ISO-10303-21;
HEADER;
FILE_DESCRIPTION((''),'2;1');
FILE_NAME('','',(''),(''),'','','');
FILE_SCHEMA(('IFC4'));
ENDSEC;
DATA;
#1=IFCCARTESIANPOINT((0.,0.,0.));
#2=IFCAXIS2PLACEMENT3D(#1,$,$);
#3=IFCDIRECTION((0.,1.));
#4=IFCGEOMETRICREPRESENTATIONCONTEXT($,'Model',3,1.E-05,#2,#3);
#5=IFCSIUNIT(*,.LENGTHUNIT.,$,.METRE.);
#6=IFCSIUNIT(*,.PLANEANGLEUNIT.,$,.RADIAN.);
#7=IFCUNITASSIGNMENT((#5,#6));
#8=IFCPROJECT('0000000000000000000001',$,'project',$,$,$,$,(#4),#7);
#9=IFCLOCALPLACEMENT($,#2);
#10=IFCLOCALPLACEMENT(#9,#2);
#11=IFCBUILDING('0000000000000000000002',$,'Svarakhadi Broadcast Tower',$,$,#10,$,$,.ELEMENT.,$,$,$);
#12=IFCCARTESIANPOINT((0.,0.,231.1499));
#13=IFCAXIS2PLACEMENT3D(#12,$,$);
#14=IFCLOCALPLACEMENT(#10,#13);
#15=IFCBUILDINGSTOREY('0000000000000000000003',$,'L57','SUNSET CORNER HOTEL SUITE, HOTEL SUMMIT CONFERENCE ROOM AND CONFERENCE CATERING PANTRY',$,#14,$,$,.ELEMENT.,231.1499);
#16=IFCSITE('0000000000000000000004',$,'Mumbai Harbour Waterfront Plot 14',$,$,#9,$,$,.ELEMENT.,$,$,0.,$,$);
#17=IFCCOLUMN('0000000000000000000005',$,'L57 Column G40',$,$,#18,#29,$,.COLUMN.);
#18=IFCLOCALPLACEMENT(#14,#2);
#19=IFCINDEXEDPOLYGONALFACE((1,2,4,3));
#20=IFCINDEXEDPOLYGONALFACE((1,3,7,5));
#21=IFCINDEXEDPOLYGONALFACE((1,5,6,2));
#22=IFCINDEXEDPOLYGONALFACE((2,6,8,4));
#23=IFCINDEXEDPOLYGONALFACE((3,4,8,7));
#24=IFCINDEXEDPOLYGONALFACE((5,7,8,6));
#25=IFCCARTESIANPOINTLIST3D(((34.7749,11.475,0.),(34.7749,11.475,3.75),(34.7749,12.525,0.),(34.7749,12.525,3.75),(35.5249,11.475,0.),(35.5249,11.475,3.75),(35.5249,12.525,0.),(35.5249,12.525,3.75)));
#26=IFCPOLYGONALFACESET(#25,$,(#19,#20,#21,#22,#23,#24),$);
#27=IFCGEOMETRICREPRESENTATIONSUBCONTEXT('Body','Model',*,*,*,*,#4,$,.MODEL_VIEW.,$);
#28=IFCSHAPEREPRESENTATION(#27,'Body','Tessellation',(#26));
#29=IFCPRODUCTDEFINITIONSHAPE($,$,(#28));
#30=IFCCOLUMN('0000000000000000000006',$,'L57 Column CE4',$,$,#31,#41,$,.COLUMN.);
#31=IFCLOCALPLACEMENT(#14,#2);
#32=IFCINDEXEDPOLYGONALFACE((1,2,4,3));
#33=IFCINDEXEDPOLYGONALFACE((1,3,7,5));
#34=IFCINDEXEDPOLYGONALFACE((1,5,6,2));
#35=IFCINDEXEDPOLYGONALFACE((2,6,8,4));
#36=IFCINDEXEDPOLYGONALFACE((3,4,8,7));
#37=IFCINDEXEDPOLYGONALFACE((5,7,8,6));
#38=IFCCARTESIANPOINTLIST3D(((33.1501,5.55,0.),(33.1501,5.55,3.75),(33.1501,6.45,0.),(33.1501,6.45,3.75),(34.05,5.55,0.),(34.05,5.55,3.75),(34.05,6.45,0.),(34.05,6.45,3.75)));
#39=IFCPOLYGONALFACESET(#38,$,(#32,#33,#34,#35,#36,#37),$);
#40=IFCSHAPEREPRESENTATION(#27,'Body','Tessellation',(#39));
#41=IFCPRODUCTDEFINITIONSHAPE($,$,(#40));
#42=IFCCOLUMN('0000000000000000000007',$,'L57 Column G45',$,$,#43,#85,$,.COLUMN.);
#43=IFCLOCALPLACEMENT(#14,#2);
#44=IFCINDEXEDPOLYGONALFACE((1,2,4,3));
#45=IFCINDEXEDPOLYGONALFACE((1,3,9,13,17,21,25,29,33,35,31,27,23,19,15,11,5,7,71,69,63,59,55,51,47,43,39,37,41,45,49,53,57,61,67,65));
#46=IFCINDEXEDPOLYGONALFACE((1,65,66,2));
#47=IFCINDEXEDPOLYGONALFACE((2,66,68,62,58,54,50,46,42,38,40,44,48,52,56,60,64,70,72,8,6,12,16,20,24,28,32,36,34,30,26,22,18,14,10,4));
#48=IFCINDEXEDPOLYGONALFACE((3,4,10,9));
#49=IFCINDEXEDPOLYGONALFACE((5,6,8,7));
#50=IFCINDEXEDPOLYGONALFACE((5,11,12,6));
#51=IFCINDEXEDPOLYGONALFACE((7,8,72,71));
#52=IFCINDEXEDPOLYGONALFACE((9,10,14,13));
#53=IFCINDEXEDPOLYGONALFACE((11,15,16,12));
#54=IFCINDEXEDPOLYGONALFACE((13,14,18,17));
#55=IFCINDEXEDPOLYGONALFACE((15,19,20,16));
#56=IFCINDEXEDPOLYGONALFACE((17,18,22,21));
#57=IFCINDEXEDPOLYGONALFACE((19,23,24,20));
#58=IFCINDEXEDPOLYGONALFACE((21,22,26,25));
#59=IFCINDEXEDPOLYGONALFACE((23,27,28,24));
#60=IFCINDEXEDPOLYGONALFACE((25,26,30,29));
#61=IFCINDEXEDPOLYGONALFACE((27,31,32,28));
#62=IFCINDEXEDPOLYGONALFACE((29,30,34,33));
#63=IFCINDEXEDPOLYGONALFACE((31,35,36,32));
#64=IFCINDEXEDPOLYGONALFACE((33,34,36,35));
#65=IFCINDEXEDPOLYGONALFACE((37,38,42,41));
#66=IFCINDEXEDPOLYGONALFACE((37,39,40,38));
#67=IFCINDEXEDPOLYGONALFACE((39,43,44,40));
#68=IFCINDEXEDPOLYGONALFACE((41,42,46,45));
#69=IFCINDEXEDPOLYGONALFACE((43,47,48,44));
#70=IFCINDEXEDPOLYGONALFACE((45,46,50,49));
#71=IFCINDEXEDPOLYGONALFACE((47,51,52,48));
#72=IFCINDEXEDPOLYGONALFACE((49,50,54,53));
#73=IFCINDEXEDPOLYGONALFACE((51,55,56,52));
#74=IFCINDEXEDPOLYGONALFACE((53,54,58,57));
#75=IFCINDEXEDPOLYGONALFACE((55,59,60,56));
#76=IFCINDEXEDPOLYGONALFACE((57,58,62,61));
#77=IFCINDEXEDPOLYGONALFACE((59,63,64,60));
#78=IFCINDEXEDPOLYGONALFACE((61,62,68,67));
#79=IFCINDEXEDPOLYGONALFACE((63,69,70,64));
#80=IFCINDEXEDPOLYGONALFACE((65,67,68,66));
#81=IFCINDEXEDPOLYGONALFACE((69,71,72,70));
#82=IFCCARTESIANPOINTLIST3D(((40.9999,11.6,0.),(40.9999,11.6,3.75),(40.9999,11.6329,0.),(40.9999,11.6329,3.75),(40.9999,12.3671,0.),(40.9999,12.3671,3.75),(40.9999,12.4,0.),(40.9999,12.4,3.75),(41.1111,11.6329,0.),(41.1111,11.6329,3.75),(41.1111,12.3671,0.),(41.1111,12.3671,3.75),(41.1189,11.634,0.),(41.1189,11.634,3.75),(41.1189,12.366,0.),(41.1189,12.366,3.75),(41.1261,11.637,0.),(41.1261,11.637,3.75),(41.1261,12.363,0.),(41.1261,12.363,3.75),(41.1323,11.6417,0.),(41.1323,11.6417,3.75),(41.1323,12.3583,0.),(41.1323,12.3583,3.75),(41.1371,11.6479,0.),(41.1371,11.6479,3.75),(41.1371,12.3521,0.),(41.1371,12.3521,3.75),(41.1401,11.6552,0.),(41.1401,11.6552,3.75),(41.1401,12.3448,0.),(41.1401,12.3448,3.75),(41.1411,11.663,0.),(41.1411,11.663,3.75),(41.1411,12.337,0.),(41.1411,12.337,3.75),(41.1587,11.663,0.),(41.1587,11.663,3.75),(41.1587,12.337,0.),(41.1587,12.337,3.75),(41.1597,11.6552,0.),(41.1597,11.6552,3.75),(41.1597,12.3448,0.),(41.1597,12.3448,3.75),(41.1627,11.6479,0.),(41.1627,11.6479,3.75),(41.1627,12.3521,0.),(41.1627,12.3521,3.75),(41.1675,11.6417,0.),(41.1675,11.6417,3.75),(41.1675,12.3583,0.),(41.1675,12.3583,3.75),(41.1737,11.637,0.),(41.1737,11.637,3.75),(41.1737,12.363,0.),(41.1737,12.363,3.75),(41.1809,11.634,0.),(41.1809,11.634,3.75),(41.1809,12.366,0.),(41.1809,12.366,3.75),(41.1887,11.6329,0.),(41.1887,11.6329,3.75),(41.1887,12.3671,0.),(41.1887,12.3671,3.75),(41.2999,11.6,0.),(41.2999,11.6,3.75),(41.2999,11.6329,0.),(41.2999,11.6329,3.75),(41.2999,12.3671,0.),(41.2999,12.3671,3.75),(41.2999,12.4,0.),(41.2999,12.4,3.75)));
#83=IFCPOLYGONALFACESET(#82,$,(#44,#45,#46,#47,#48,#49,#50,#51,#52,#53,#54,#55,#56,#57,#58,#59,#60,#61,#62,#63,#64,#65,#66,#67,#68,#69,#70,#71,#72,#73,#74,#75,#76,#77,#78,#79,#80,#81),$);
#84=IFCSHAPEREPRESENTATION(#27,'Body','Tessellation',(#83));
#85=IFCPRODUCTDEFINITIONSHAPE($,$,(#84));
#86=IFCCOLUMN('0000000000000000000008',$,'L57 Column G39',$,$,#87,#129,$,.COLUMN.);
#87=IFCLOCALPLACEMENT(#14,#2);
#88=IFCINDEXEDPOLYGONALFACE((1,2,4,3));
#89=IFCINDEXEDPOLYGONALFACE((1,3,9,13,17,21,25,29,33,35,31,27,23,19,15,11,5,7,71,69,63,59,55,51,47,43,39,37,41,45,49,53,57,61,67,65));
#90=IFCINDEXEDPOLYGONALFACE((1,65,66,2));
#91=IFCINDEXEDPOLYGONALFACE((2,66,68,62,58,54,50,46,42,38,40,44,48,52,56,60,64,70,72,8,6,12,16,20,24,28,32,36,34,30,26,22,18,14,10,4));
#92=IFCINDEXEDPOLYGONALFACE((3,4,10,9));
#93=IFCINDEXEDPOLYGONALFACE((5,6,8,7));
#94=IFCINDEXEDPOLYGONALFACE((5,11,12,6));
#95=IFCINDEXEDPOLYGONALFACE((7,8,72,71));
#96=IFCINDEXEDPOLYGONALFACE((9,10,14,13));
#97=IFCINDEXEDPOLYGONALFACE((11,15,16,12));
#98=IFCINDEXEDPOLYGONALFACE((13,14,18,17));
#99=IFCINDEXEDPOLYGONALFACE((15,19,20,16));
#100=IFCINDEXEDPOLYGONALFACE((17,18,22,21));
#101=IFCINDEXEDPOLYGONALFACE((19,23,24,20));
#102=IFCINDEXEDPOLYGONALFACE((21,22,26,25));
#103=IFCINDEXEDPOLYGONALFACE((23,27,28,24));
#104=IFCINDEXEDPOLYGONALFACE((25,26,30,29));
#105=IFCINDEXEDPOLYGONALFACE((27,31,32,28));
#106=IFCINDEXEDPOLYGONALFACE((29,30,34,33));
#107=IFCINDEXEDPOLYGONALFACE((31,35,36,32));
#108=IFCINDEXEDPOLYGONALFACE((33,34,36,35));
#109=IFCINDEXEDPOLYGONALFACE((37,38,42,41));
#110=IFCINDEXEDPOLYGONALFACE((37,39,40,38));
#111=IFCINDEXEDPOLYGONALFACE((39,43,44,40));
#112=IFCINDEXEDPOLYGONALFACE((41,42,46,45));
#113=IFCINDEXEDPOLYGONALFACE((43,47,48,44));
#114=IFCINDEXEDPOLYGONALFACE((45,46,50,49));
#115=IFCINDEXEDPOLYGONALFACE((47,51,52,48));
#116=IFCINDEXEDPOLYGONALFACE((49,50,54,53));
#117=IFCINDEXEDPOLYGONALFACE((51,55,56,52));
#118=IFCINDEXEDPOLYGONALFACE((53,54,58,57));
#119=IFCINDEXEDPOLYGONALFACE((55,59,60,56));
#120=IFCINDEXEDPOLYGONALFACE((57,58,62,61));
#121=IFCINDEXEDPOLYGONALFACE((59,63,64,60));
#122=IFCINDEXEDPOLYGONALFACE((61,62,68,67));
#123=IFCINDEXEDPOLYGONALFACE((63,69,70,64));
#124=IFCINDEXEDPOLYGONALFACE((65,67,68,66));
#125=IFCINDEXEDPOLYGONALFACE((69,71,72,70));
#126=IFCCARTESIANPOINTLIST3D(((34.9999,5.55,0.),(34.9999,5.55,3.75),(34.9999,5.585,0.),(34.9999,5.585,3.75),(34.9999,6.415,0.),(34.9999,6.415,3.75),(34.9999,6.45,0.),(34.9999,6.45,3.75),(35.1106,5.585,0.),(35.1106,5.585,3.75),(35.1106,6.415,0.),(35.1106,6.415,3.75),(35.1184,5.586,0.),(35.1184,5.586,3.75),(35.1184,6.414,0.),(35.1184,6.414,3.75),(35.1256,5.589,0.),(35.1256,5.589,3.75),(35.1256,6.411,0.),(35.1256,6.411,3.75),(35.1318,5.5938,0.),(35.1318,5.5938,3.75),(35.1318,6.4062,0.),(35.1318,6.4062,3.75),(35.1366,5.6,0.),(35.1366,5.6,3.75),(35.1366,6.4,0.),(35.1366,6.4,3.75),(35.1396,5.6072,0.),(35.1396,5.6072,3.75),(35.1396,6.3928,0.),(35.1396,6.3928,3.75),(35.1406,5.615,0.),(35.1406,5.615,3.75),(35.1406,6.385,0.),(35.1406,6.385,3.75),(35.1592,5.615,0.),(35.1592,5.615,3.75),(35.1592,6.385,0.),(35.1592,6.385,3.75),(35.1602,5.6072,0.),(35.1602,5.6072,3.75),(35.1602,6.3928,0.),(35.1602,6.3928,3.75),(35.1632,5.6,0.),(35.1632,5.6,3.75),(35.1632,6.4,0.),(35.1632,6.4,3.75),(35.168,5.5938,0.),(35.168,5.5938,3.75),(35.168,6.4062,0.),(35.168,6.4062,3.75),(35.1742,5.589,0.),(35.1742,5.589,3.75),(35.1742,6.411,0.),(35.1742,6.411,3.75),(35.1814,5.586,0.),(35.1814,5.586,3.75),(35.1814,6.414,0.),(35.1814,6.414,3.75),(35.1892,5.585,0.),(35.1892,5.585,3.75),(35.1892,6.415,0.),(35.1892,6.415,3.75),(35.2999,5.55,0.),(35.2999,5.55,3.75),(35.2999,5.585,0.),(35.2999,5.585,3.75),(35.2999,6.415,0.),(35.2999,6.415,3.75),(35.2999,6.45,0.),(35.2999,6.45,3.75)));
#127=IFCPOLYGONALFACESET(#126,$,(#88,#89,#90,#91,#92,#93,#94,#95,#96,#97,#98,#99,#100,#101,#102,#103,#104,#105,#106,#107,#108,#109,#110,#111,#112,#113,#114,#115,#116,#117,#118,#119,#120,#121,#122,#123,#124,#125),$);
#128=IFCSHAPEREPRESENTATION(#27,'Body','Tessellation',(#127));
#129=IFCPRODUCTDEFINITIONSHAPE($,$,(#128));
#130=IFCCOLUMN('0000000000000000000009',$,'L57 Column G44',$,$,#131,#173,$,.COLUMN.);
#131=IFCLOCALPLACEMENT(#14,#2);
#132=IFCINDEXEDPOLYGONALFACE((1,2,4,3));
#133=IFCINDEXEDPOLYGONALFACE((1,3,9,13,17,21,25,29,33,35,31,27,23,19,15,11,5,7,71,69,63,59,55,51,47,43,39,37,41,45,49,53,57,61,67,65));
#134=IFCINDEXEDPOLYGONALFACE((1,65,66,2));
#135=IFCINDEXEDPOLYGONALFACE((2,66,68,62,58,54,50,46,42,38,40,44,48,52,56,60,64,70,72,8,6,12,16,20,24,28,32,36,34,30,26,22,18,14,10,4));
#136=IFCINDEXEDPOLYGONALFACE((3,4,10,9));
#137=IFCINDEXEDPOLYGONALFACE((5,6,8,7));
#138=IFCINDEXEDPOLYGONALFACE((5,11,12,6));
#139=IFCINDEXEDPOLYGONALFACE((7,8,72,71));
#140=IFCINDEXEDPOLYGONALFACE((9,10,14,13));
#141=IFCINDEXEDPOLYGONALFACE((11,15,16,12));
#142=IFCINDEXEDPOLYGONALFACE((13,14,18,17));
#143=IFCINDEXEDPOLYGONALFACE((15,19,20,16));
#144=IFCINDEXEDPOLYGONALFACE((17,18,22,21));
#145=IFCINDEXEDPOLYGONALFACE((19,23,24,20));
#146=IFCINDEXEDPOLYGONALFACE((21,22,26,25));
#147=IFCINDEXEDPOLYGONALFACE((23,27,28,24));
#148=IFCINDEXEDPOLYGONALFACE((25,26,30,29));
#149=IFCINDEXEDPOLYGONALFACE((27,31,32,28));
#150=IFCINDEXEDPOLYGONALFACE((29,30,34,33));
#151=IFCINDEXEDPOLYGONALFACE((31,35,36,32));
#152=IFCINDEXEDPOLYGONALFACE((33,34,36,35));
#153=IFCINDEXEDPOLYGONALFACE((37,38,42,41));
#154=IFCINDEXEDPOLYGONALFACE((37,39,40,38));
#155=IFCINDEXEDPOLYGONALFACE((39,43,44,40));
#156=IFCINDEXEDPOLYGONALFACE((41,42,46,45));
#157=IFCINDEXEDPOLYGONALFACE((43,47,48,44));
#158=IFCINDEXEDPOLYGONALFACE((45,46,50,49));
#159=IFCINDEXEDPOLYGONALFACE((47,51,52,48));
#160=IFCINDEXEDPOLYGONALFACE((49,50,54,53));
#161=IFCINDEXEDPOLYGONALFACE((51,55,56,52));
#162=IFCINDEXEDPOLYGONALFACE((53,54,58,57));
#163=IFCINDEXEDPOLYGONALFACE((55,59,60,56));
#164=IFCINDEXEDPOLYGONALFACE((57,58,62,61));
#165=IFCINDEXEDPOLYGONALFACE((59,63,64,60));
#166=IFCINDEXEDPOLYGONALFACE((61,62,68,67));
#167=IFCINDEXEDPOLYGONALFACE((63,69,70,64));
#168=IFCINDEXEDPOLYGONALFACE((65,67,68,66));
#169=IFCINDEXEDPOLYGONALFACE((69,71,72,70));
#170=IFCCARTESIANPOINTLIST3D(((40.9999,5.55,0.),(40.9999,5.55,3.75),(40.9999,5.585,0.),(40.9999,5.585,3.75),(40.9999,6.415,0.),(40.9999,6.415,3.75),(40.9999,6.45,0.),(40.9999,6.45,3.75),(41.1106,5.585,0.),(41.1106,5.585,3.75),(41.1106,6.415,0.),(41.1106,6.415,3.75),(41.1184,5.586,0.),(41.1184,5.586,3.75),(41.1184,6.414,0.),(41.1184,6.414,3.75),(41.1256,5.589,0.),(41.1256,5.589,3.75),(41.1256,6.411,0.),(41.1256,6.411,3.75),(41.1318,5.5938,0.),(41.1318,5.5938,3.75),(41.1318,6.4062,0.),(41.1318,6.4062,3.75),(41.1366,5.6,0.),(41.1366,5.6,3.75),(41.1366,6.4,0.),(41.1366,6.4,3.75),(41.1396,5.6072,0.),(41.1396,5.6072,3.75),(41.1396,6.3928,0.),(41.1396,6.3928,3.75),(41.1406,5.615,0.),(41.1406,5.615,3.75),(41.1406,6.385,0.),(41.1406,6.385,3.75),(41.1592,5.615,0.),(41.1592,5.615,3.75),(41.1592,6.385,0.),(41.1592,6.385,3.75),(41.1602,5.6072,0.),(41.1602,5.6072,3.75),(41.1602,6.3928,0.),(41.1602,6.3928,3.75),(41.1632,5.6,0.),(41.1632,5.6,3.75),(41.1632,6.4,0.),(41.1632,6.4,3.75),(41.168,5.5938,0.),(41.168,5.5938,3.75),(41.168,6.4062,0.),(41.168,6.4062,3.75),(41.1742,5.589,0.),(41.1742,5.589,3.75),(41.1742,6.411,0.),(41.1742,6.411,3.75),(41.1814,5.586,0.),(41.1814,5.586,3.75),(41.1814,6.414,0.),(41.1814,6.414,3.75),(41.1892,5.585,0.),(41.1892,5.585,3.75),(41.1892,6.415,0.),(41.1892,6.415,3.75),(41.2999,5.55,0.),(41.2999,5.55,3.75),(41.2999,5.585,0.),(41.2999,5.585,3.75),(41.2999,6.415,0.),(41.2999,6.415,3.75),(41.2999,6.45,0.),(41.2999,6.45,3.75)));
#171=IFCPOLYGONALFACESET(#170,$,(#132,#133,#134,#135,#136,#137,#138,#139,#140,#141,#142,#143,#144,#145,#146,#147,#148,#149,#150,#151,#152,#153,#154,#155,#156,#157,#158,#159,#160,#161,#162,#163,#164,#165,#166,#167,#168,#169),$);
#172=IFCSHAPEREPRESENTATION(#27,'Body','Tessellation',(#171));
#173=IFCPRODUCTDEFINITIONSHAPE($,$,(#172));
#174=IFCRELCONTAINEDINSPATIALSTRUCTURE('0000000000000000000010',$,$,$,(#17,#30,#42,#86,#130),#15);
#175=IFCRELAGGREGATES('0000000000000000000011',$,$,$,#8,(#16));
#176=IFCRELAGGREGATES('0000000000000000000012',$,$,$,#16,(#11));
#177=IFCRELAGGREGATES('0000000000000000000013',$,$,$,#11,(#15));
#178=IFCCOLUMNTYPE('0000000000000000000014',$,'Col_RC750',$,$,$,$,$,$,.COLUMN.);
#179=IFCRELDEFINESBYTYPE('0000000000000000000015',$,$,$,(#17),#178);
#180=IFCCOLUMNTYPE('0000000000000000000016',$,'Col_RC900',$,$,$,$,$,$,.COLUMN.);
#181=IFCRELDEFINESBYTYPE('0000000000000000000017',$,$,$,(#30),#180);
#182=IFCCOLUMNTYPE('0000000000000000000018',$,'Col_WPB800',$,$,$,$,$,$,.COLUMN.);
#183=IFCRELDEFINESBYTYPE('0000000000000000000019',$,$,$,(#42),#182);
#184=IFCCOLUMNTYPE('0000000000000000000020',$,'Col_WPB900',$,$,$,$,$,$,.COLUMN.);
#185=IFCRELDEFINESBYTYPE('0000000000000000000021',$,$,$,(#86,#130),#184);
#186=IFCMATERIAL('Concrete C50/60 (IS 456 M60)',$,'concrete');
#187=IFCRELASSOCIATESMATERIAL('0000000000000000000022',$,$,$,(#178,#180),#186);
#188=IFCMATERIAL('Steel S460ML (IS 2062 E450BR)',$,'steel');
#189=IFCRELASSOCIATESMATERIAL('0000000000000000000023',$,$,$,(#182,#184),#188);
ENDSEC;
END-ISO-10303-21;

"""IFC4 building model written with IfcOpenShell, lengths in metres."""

from ifc_helpers import new_model, si_unit, direction, frame, origin, origin_2d, place, context, subcontext, project, spatial, rectangle, i_section, extrude, material, material_profile, profile_set, type_object, element, save


model = new_model("IFC4")

# Units and contexts
model_context = context("Model", 3, precision=1e-05, world=origin(), true_north=direction((0.0, 1.0)))
body_context = subcontext(model_context, "Body", "Model", "MODEL_VIEW")
ifc_project = project(units=[si_unit("LENGTHUNIT", "METRE"), si_unit("PLANEANGLEUNIT", "RADIAN")], contexts=[model_context])

# Site, building, storey
site_placement = place(None, origin())
site = spatial("IfcSite", under=ifc_project, at=site_placement, Name="Mumbai Harbour Waterfront Plot 14", CompositionType="ELEMENT", RefElevation=0.0)
building_placement = place(site_placement, origin())
building = spatial("IfcBuilding", under=site, at=building_placement, Name="Svarakhadi Broadcast Tower", CompositionType="ELEMENT")
storey_placement = place(building_placement, frame((0.0, 0.0, 231.1499)))
storey = spatial("IfcBuildingStorey", under=building, at=storey_placement, Name="L57", Description="SUNSET CORNER HOTEL SUITE, HOTEL SUMMIT CONFERENCE ROOM AND CONFERENCE CATERING PANTRY", CompositionType="ELEMENT", Elevation=231.1499)

# Columns
ifc_material_1 = material(Name="Concrete C50/60 (IS 456 M60)", Category="concrete")
ifc_material_profile_1 = material_profile(ifc_material_1, rectangle(XDim=0.75, YDim=1.05, at=origin_2d()), Name="RC 750x1050")
ifc_profile_set_1 = profile_set([ifc_material_profile_1], Name="Concrete C50/60 (IS 456 M60)")
column_type_1 = type_object("IfcColumnType", Name="Col_RC750", PredefinedType="COLUMN", material=ifc_profile_set_1)
column_1_placement = place(storey_placement, frame((35.1499, 12.0, 0.0), z_axis=(0.0, 0.0, 1.0), x_axis=(1.0, 0.0, 0.0)))
element("IfcColumn", 1, at=column_1_placement, inside=storey, type_object=column_type_1, Name="L57 Column G40", PredefinedType="COLUMN", context=body_context, shape_type="SweptSolid", body=[
    extrude(rectangle(XDim=0.75, YDim=1.05, at=origin_2d()), origin(), (0.0, 0.0, 1.0), 3.75),
])
ifc_material_profile_2 = material_profile(ifc_material_1, rectangle(XDim=0.8999, YDim=0.8999, at=origin_2d()), Name="RC 900x900")
ifc_profile_set_2 = profile_set([ifc_material_profile_2], Name="Concrete C50/60 (IS 456 M60)")
column_type_2 = type_object("IfcColumnType", Name="Col_RC900", PredefinedType="COLUMN", material=ifc_profile_set_2)
column_2_placement = place(storey_placement, frame((33.6001, 6.0, 0.0), z_axis=(0.0, 0.0, 1.0), x_axis=(1.0, 0.0, 0.0)))
element("IfcColumn", 2, at=column_2_placement, inside=storey, type_object=column_type_2, Name="L57 Column CE4", PredefinedType="COLUMN", context=body_context, shape_type="SweptSolid", body=[
    extrude(rectangle(XDim=0.8999, YDim=0.8999, at=origin_2d()), origin(), (0.0, 0.0, 1.0), 3.75),
])
ifc_material_2 = material(Name="Steel S460ML (IS 2062 E450BR)", Category="steel")
ifc_material_profile_3 = material_profile(ifc_material_2, i_section(OverallWidth=0.3, OverallDepth=0.8, WebThickness=0.0176, FlangeThickness=0.033, FilletRadius=0.03, at=origin_2d()), Name="WPB 800x300x262")
ifc_profile_set_3 = profile_set([ifc_material_profile_3], Name="Steel S460ML (IS 2062 E450BR)")
column_type_3 = type_object("IfcColumnType", Name="Col_WPB800", PredefinedType="COLUMN", material=ifc_profile_set_3)
column_3_placement = place(storey_placement, frame((41.1499, 12.0, 0.0), z_axis=(0.0, 0.0, 1.0), x_axis=(1.0, 0.0, 0.0)))
element("IfcColumn", 3, at=column_3_placement, inside=storey, type_object=column_type_3, Name="L57 Column G45", PredefinedType="COLUMN", context=body_context, shape_type="SweptSolid", body=[
    extrude(i_section(OverallWidth=0.3, OverallDepth=0.8, WebThickness=0.0176, FlangeThickness=0.033, FilletRadius=0.03, at=origin_2d()), origin(), (0.0, 0.0, 1.0), 3.75),
])
ifc_material_profile_4 = material_profile(ifc_material_2, i_section(OverallWidth=0.3, OverallDepth=0.8999, WebThickness=0.0186, FlangeThickness=0.0349, FilletRadius=0.03, at=origin_2d()), Name="WPB 900x300x291")
ifc_profile_set_4 = profile_set([ifc_material_profile_4], Name="Steel S460ML (IS 2062 E450BR)")
column_type_4 = type_object("IfcColumnType", Name="Col_WPB900", PredefinedType="COLUMN", material=ifc_profile_set_4)
for number, where, z_axis, x_axis, name in (
    (4, (35.1499, 6.0, 0.0), (0.0, 0.0, 1.0), (1.0, 0.0, 0.0), "L57 Column G39"),
    (5, (41.1499, 6.0, 0.0), (0.0, 0.0, 1.0), (1.0, 0.0, 0.0), "L57 Column G44"),
):
    element("IfcColumn", number, at=place(storey_placement, frame(where, z_axis=z_axis, x_axis=x_axis)), inside=storey, type_object=column_type_4, Name=name, PredefinedType="COLUMN", context=body_context, shape_type="SweptSolid", body=[
        extrude(i_section(OverallWidth=0.3, OverallDepth=0.8999, WebThickness=0.0186, FlangeThickness=0.0349, FilletRadius=0.03, at=origin_2d()), origin(), (0.0, 0.0, 1.0), 3.75),
    ])

save(model, "model.ifc")
